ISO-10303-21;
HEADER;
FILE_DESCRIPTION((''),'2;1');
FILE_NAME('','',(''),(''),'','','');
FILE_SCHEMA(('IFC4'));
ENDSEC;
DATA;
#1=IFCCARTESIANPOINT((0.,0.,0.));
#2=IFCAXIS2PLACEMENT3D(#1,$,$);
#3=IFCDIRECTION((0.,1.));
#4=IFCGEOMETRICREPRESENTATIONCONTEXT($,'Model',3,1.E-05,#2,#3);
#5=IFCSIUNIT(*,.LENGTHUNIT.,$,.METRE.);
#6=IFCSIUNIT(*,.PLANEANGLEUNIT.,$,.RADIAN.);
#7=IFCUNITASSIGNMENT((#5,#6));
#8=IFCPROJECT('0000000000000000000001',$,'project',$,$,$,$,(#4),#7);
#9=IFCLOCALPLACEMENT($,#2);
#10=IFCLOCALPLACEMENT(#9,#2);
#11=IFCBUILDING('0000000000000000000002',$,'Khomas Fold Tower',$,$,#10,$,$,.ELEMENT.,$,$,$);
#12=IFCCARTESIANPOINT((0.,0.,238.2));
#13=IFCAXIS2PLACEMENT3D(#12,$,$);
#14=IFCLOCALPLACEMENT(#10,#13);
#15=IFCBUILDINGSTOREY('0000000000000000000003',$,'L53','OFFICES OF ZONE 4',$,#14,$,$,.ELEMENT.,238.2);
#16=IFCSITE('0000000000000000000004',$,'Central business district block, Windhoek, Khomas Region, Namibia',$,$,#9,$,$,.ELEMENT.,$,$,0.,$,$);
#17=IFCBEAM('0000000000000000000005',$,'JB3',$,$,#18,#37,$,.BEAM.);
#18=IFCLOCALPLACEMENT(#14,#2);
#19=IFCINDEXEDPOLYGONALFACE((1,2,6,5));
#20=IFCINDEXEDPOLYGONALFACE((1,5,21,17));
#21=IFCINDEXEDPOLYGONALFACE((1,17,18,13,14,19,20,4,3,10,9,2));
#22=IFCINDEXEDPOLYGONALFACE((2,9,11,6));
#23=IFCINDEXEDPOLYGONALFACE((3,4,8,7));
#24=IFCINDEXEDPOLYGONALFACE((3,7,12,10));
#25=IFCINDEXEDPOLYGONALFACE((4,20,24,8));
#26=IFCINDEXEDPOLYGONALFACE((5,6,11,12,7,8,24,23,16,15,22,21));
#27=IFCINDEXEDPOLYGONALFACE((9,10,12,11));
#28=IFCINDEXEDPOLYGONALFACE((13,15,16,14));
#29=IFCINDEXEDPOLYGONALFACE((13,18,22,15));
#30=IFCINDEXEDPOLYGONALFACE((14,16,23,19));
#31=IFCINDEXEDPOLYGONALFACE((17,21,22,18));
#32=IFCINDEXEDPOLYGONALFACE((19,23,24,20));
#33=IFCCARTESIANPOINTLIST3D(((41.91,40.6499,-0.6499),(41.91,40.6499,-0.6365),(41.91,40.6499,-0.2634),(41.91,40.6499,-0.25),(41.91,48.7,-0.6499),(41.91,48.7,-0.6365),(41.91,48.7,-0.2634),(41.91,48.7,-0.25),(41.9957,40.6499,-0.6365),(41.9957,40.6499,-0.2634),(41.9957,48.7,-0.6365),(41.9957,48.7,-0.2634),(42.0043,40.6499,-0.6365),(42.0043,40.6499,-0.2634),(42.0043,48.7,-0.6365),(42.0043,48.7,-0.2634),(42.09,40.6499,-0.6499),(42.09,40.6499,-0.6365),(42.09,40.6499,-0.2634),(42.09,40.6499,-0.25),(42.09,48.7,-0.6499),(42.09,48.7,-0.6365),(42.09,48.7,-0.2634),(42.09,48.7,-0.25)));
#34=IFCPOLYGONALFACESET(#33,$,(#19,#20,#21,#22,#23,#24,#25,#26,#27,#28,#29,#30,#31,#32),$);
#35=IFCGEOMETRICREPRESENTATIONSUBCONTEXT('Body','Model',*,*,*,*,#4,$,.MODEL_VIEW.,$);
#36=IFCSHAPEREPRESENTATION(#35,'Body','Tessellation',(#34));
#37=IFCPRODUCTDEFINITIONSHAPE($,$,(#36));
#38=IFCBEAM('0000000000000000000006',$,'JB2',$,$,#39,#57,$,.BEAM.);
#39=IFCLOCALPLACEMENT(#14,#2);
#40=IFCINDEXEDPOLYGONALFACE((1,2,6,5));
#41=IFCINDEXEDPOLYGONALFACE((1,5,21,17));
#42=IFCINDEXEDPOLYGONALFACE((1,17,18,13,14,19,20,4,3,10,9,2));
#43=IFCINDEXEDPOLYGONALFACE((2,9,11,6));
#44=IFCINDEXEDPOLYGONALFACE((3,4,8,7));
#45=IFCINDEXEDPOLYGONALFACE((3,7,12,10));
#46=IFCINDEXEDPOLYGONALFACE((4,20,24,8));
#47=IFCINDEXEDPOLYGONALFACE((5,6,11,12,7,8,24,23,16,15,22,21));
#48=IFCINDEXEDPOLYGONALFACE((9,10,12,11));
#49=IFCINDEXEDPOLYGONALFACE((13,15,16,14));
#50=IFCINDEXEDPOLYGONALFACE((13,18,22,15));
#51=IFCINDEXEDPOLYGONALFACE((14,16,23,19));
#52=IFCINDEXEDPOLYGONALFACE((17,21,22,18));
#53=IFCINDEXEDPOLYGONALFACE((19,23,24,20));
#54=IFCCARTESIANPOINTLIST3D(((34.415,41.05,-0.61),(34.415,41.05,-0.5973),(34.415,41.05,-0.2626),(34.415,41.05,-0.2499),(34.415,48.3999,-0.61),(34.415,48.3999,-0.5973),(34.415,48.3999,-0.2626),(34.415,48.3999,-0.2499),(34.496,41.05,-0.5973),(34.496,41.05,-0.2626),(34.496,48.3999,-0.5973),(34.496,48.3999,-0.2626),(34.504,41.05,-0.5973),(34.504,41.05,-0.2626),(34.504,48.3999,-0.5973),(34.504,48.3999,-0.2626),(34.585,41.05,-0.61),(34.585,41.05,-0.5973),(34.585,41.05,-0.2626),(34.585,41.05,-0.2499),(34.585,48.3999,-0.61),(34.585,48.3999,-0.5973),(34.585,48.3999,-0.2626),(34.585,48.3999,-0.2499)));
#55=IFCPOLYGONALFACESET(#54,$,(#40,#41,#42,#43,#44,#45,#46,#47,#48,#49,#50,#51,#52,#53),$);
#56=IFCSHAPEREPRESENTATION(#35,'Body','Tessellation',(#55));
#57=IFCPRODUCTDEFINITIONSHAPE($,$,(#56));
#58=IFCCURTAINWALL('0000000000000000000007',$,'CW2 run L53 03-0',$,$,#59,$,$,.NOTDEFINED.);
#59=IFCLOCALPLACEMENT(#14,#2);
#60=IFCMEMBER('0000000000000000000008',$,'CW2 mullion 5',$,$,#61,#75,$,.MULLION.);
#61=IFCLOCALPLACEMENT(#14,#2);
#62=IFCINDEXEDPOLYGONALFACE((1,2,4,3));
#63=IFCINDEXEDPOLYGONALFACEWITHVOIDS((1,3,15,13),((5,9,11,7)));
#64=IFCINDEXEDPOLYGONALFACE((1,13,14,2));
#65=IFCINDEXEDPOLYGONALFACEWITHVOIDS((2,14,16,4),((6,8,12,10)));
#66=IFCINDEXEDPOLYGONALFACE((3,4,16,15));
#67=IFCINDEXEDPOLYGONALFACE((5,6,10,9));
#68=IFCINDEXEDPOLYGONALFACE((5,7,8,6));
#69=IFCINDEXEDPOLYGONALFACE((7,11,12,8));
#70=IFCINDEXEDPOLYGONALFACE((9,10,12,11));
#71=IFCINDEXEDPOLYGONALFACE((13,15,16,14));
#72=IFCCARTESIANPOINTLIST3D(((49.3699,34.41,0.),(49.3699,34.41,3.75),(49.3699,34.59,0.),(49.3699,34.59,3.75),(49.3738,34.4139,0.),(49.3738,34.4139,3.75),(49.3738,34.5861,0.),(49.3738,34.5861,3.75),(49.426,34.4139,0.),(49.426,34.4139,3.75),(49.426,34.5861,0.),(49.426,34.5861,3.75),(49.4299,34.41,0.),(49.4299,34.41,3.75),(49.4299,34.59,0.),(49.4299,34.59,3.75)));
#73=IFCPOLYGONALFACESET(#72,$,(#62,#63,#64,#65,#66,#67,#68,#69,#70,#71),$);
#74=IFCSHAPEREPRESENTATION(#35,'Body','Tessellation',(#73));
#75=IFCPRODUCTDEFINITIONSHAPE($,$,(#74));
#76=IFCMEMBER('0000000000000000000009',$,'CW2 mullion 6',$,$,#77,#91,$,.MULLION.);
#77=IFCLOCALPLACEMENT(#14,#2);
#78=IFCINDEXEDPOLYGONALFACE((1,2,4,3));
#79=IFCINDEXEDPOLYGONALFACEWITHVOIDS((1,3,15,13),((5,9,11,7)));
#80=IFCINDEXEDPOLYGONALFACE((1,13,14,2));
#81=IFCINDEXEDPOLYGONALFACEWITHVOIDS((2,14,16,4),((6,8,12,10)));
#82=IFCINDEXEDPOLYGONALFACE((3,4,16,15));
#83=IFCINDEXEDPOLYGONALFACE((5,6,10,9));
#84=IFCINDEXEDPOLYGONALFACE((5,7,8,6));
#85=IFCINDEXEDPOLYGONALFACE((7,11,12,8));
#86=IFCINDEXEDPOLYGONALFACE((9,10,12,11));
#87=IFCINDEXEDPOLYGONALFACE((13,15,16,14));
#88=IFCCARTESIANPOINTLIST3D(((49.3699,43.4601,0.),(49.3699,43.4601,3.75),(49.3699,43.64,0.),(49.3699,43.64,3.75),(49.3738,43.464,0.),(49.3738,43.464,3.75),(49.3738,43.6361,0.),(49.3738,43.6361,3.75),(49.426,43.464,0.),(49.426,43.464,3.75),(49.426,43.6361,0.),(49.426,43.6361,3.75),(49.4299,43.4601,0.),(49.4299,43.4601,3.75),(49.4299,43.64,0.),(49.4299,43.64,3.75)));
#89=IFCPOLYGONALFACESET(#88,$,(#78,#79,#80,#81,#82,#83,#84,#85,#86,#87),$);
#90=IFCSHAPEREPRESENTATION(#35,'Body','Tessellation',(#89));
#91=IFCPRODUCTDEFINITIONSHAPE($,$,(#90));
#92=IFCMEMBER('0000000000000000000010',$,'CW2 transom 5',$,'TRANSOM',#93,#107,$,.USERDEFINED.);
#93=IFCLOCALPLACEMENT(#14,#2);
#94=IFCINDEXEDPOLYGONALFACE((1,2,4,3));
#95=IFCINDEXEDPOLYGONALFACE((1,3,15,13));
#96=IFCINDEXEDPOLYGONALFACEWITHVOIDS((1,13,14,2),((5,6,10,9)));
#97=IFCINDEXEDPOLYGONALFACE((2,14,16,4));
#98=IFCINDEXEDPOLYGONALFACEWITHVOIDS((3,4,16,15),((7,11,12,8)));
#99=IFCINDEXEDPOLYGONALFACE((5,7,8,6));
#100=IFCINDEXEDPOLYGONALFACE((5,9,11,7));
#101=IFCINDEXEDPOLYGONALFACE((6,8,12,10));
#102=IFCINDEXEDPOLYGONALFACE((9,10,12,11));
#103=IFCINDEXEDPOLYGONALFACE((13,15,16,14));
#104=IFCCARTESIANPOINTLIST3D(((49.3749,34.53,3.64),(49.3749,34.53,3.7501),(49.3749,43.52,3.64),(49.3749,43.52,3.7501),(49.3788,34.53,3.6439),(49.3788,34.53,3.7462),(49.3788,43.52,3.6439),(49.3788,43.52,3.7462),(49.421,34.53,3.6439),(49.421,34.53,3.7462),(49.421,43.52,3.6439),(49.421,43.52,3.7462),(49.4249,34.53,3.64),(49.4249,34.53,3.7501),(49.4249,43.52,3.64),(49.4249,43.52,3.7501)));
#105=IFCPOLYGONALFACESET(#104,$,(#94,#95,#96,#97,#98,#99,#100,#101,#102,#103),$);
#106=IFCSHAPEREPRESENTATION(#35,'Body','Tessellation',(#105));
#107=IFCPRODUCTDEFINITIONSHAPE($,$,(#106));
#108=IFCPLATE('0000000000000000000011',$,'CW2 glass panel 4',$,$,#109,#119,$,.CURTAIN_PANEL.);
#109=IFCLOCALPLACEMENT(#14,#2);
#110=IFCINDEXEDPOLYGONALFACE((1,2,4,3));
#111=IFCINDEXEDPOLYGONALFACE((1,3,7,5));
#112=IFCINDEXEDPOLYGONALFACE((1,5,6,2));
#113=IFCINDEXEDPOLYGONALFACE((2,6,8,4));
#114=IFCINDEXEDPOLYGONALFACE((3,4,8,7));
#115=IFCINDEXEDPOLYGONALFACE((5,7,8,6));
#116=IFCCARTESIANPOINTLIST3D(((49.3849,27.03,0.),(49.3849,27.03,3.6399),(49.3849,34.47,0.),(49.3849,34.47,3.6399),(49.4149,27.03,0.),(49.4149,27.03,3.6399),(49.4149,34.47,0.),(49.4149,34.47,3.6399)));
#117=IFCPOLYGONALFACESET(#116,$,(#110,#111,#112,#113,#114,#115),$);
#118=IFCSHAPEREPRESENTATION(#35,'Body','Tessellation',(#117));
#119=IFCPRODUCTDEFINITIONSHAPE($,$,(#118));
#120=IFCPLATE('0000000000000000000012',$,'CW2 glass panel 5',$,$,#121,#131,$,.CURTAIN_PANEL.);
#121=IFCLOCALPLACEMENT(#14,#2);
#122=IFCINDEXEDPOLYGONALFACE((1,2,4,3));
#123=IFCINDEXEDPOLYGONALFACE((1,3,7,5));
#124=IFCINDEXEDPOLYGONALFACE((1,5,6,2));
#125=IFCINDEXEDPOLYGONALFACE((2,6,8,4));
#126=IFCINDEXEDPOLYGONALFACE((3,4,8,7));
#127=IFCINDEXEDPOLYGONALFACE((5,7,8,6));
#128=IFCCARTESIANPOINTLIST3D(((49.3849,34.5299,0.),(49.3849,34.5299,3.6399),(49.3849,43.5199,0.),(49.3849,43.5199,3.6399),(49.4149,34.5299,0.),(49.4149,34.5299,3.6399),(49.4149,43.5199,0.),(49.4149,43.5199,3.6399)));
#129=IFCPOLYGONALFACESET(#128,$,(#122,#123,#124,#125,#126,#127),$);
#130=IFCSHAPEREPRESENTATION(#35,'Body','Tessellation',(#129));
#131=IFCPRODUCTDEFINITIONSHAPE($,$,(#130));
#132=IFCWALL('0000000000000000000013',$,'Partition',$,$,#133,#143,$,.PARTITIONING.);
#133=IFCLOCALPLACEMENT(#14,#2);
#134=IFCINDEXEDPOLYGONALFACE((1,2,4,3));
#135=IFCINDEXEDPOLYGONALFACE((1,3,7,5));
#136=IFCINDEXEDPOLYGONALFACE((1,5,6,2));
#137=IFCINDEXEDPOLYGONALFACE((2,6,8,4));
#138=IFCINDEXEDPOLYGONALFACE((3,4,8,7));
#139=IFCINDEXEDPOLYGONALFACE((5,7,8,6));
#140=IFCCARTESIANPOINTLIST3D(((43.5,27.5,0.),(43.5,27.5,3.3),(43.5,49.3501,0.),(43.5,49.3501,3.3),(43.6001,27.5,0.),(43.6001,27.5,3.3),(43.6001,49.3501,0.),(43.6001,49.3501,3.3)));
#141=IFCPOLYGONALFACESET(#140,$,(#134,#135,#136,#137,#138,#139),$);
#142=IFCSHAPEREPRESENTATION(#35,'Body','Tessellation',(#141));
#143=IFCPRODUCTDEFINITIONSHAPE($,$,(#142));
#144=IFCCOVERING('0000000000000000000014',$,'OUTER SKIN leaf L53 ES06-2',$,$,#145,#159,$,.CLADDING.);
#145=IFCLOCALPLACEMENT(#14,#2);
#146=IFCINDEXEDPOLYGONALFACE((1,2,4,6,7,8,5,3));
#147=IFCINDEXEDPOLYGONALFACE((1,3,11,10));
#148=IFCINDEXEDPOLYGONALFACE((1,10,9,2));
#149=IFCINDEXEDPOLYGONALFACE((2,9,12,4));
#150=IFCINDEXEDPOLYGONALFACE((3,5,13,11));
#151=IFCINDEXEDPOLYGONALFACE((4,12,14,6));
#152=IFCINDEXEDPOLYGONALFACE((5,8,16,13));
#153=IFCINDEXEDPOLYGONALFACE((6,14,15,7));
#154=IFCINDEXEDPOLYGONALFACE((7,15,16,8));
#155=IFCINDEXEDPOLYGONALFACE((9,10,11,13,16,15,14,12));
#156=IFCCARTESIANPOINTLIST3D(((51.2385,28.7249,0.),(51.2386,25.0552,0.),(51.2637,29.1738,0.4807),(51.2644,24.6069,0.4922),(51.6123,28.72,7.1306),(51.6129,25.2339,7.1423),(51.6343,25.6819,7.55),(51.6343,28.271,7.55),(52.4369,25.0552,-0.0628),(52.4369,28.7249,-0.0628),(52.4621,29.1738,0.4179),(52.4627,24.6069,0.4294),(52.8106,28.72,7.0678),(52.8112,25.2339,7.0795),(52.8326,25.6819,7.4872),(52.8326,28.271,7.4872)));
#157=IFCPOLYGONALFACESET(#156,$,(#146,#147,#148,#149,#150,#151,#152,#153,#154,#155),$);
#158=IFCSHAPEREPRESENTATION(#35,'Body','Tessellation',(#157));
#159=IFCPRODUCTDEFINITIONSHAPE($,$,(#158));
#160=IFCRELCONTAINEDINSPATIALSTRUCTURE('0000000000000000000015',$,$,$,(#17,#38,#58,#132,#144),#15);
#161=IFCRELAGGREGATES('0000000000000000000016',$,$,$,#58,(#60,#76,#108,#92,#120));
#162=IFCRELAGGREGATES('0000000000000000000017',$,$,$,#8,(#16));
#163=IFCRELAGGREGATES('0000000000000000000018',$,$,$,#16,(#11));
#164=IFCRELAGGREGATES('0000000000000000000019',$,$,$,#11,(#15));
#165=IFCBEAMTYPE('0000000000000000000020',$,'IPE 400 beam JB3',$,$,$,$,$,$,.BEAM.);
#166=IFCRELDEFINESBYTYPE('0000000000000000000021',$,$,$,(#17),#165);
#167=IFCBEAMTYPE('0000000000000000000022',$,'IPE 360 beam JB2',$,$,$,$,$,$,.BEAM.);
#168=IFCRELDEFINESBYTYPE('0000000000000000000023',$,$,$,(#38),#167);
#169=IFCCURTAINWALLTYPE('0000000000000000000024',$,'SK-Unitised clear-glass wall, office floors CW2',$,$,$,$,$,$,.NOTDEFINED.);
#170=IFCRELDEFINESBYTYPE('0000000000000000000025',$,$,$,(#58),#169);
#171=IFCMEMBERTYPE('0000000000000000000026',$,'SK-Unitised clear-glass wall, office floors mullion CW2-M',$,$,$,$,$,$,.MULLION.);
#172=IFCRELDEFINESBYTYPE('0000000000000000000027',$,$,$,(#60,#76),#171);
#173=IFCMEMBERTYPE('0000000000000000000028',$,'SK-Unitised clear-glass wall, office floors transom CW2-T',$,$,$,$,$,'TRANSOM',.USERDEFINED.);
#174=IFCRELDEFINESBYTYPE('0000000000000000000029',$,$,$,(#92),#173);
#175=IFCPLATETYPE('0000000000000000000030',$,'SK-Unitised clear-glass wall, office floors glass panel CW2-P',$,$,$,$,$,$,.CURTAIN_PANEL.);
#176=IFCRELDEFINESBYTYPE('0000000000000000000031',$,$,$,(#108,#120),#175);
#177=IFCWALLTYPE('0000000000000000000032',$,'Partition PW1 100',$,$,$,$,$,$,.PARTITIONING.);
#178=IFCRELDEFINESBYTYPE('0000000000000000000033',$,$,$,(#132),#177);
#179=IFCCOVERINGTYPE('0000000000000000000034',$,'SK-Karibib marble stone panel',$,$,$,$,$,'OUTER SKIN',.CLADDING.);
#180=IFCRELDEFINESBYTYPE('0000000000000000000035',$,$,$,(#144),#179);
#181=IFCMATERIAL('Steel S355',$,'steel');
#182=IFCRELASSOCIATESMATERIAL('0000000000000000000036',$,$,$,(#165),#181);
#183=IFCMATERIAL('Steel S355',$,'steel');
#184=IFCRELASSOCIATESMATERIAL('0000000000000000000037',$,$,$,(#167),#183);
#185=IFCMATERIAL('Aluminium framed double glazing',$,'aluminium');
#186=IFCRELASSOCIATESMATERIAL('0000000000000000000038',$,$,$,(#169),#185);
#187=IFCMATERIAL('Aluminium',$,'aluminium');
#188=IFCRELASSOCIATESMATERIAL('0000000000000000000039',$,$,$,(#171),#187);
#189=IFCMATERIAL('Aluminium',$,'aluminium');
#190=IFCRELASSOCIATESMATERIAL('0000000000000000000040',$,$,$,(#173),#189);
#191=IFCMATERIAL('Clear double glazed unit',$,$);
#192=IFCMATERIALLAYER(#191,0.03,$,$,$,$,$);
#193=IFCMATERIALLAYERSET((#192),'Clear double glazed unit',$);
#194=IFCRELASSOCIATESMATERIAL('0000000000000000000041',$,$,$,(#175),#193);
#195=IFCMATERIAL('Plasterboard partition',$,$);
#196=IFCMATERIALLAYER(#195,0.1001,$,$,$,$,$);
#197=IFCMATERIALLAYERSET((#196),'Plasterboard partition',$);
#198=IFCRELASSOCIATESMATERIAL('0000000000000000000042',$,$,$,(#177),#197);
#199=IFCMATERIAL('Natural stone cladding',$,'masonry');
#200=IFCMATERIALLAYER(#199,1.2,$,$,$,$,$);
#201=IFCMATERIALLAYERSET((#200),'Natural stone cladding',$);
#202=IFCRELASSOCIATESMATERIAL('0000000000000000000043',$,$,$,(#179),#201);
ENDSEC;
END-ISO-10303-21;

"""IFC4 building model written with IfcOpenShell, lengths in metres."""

from ifc_helpers import new_model, si_unit, direction, frame, frame_2d, origin, origin_2d, place, context, subcontext, project, spatial, polyline, rectangle, hollow_rectangle, i_section, outline, extrude, source, transform, mapped, material, layer, layer_set, material_profile, profile_set, type_object, element, aggregate, save


model = new_model("IFC4")

# Units and contexts
model_context = context("Model", 3, precision=1e-05, world=origin(), true_north=direction((0.0, 1.0)))
body_context = subcontext(model_context, "Body", "Model", "MODEL_VIEW")
ifc_project = project(units=[si_unit("LENGTHUNIT", "METRE"), si_unit("PLANEANGLEUNIT", "RADIAN")], contexts=[model_context])

# Site, building, storey
site_placement = place(None, origin())
site = spatial("IfcSite", under=ifc_project, at=site_placement, Name="Central business district block, Windhoek, Khomas Region, Namibia", CompositionType="ELEMENT", RefElevation=0.0)
building_placement = place(site_placement, origin())
building = spatial("IfcBuilding", under=site, at=building_placement, Name="Khomas Fold Tower", CompositionType="ELEMENT")
storey_placement = place(building_placement, frame((0.0, 0.0, 238.2)))
storey = spatial("IfcBuildingStorey", under=building, at=storey_placement, Name="L53", Description="OFFICES OF ZONE 4", CompositionType="ELEMENT", Elevation=238.2)

# Beams
ifc_material_1 = material(Name="Steel S355", Category="steel")
ifc_material_profile_1 = material_profile(ifc_material_1, i_section(OverallWidth=0.1799, OverallDepth=0.3999, WebThickness=0.0085, FlangeThickness=0.0134, at=origin_2d()), Name="IPE 400")
ifc_profile_set_1 = profile_set([ifc_material_profile_1], Name="Steel S355")
beam_type_1 = type_object("IfcBeamType", Name="IPE 400 beam JB3", PredefinedType="BEAM", material=ifc_profile_set_1)
shared_shape_1 = source(origin(), body_context, "Body", "SweptSolid", [
    extrude(i_section(OverallWidth=0.1799, OverallDepth=0.3999, WebThickness=0.0085, FlangeThickness=0.0134, at=origin_2d()), origin(), (0.0, 0.0, 1.0), 8.05),
])
beam_1_placement = place(storey_placement, frame((42.0, 40.6499, -0.45), z_axis=(0.0, 1.0, 0.0), x_axis=(-1.0, 0.0, 0.0)))
element("IfcBeam", 1, at=beam_1_placement, inside=storey, type_object=beam_type_1, Name="JB3", PredefinedType="BEAM", context=body_context, shape_type="MappedRepresentation", body=[
    mapped(shared_shape_1, transform((0.0, 0.0, 0.0))),
])
ifc_material_2 = material(Name="Steel S355", Category="steel")
ifc_material_profile_2 = material_profile(ifc_material_2, i_section(OverallWidth=0.1699, OverallDepth=0.3601, WebThickness=0.0081, FlangeThickness=0.0127, at=origin_2d()), Name="IPE 360")
ifc_profile_set_2 = profile_set([ifc_material_profile_2], Name="Steel S355")
beam_type_2 = type_object("IfcBeamType", Name="IPE 360 beam JB2", PredefinedType="BEAM", material=ifc_profile_set_2)
shared_shape_2 = source(origin(), body_context, "Body", "SweptSolid", [
    extrude(i_section(OverallWidth=0.1699, OverallDepth=0.3601, WebThickness=0.0081, FlangeThickness=0.0127, at=origin_2d()), origin(), (0.0, 0.0, 1.0), 7.3499),
])
beam_2_placement = place(storey_placement, frame((34.5, 41.05, -0.4299), z_axis=(0.0, 1.0, 0.0), x_axis=(-1.0, 0.0, 0.0)))
element("IfcBeam", 2, at=beam_2_placement, inside=storey, type_object=beam_type_2, Name="JB2", PredefinedType="BEAM", context=body_context, shape_type="MappedRepresentation", body=[
    mapped(shared_shape_2, transform((0.0, 0.0, 0.0))),
])

# Curtain wall, members, plates
ifc_material_3 = material(Name="Aluminium framed double glazing", Category="aluminium")
curtain_wall_type = type_object("IfcCurtainWallType", Name="SK-Unitised clear-glass wall, office floors CW2", PredefinedType="NOTDEFINED", material=ifc_material_3)
curtain_wall_placement = place(storey_placement, origin())
curtain_wall = element("IfcCurtainWall", 3, at=curtain_wall_placement, inside=storey, type_object=curtain_wall_type, Name="CW2 run L53 03-0", PredefinedType="NOTDEFINED")
ifc_material_4 = material(Name="Aluminium", Category="aluminium")
ifc_material_profile_3 = material_profile(ifc_material_4, hollow_rectangle(XDim=0.0601, YDim=0.1799, WallThickness=0.0039, at=origin_2d()), Name="SK-Unitised clear-glass wall, office floors mullion CW2-M")
ifc_profile_set_3 = profile_set([ifc_material_profile_3], Name="Aluminium")
member_type_1 = type_object("IfcMemberType", Name="SK-Unitised clear-glass wall, office floors mullion CW2-M", PredefinedType="MULLION", material=ifc_profile_set_3)
shared_shape_3 = source(origin(), body_context, "Body", "SweptSolid", [
    extrude(hollow_rectangle(XDim=0.0601, YDim=0.1799, WallThickness=0.0039, at=origin_2d()), origin(), (0.0, 0.0, 1.0), 3.75),
])
member_1_placement = place(storey_placement, frame((49.3999, 34.5, 0.0), z_axis=(0.0, 0.0, 1.0), x_axis=(-1.0, 0.0, 0.0)))
member_1 = element("IfcMember", 4, at=member_1_placement, type_object=member_type_1, Name="CW2 mullion 5", PredefinedType="MULLION", context=body_context, shape_type="MappedRepresentation", body=[
    mapped(shared_shape_3, transform((0.0, 0.0, 0.0))),
])
member_2_placement = place(storey_placement, frame((49.3999, 43.55, 0.0), z_axis=(0.0, 0.0, 1.0), x_axis=(-1.0, 0.0, 0.0)))
member_2 = element("IfcMember", 5, at=member_2_placement, type_object=member_type_1, Name="CW2 mullion 6", PredefinedType="MULLION", context=body_context, shape_type="MappedRepresentation", body=[
    mapped(shared_shape_3, transform((0.0, 0.0, 0.0))),
])
ifc_material_5 = material(Name="Aluminium", Category="aluminium")
ifc_material_profile_4 = material_profile(ifc_material_5, hollow_rectangle(XDim=0.05, YDim=0.1101, WallThickness=0.0039, at=origin_2d()), Name="SK-Unitised clear-glass wall, office floors transom CW2-T")
ifc_profile_set_4 = profile_set([ifc_material_profile_4], Name="Aluminium")
member_type_2 = type_object("IfcMemberType", Name="SK-Unitised clear-glass wall, office floors transom CW2-T", ElementType="TRANSOM", PredefinedType="USERDEFINED", material=ifc_profile_set_4)
shared_shape_4 = source(origin(), body_context, "Body", "SweptSolid", [
    extrude(hollow_rectangle(XDim=0.05, YDim=0.1101, WallThickness=0.0039, at=origin_2d()), origin(), (0.0, 0.0, 1.0), 8.99),
])
member_3_placement = place(storey_placement, frame((49.3999, 34.53, 3.6951), z_axis=(0.0, 1.0, 0.0), x_axis=(-1.0, 0.0, 0.0)))
member_3 = element("IfcMember", 6, at=member_3_placement, type_object=member_type_2, Name="CW2 transom 5", ObjectType="TRANSOM", PredefinedType="USERDEFINED", context=body_context, shape_type="MappedRepresentation", body=[
    mapped(shared_shape_4, transform((0.0, 0.0, 0.0))),
])
ifc_material_6 = material(Name="Clear double glazed unit")
ifc_layer_1 = layer(ifc_material_6, 0.03)
ifc_layer_set_1 = layer_set([ifc_layer_1], Name="Clear double glazed unit")
plate_type = type_object("IfcPlateType", Name="SK-Unitised clear-glass wall, office floors glass panel CW2-P", PredefinedType="CURTAIN_PANEL", material=ifc_layer_set_1)
shared_shape_5 = source(origin(), body_context, "Body", "SweptSolid", [
    extrude(rectangle(XDim=7.4399, YDim=0.03, at=origin_2d()), origin(), (0.0, 0.0, 1.0), 3.6399),
])
plate_1_placement = place(storey_placement, frame((49.3999, 30.75, 0.0), z_axis=(0.0, 0.0, 1.0), x_axis=(0.0, 1.0, 0.0)))
plate_1 = element("IfcPlate", 7, at=plate_1_placement, type_object=plate_type, Name="CW2 glass panel 4", PredefinedType="CURTAIN_PANEL", context=body_context, shape_type="MappedRepresentation", body=[
    mapped(shared_shape_5, transform((0.0, 0.0, 0.0))),
])
shared_shape_6 = source(origin(), body_context, "Body", "SweptSolid", [
    extrude(rectangle(XDim=8.99, YDim=0.03, at=origin_2d()), origin(), (0.0, 0.0, 1.0), 3.6399),
])
plate_2_placement = place(storey_placement, frame((49.3999, 39.0249, 0.0), z_axis=(0.0, 0.0, 1.0), x_axis=(0.0, 1.0, 0.0)))
plate_2 = element("IfcPlate", 8, at=plate_2_placement, type_object=plate_type, Name="CW2 glass panel 5", PredefinedType="CURTAIN_PANEL", context=body_context, shape_type="MappedRepresentation", body=[
    mapped(shared_shape_6, transform((0.0, 0.0, 0.0))),
])
aggregate(curtain_wall, [member_1, member_2, plate_1, member_3, plate_2])

# Wall
ifc_material_7 = material(Name="Plasterboard partition")
ifc_layer_2 = layer(ifc_material_7, 0.1001)
ifc_layer_set_2 = layer_set([ifc_layer_2], Name="Plasterboard partition")
wall_type = type_object("IfcWallType", Name="Partition PW1 100", PredefinedType="PARTITIONING", material=ifc_layer_set_2)
shared_shape_7 = source(origin(), body_context, "Body", "SweptSolid", [
    extrude(rectangle(XDim=21.8501, YDim=0.1001, at=frame_2d((10.925, 0.0))), origin(), (0.0, 0.0, 1.0), 3.3),
])
wall_placement = place(storey_placement, frame((43.55, 27.5, 0.0), z_axis=(0.0, 0.0, 1.0), x_axis=(0.0, 1.0, 0.0)))
element("IfcWall", 9, at=wall_placement, inside=storey, type_object=wall_type, Name="Partition", PredefinedType="PARTITIONING", context=body_context, shape_type="MappedRepresentation", body=[
    mapped(shared_shape_7, transform((0.0, 0.0, 0.0))),
])

# Covering
ifc_material_8 = material(Name="Natural stone cladding", Category="masonry")
ifc_layer_3 = layer(ifc_material_8, 1.2)
ifc_layer_set_3 = layer_set([ifc_layer_3], Name="Natural stone cladding")
covering_type = type_object("IfcCoveringType", Name="SK-Karibib marble stone panel", ElementType="OUTER SKIN", PredefinedType="CLADDING", material=ifc_layer_set_3)
covering_1_placement = place(storey_placement, frame((51.6123, 28.72, 7.1306), z_axis=(-0.998629, -0.000001, 0.052344), x_axis=(-0.052223, 0.067999, -0.996318)))
element("IfcCovering", 10, at=covering_1_placement, inside=storey, type_object=covering_type, Name="OUTER SKIN leaf L53 ES06-2", PredefinedType="CLADDING", context=body_context, shape_type="SweptSolid", body=[
    extrude(outline(polyline([(0.0, 0.0), (6.6745, 0.0), (7.1242, 0.4807), (6.8747, 4.1419), (6.3525, 4.5555), (-0.2488, 3.4772), (-0.6256, 3.0025), (-0.4496, 0.4194), (0.0, 0.0)])), origin(), (0.0, 0.0, -1.0), 1.2),
])

save(model, "model.ifc")
